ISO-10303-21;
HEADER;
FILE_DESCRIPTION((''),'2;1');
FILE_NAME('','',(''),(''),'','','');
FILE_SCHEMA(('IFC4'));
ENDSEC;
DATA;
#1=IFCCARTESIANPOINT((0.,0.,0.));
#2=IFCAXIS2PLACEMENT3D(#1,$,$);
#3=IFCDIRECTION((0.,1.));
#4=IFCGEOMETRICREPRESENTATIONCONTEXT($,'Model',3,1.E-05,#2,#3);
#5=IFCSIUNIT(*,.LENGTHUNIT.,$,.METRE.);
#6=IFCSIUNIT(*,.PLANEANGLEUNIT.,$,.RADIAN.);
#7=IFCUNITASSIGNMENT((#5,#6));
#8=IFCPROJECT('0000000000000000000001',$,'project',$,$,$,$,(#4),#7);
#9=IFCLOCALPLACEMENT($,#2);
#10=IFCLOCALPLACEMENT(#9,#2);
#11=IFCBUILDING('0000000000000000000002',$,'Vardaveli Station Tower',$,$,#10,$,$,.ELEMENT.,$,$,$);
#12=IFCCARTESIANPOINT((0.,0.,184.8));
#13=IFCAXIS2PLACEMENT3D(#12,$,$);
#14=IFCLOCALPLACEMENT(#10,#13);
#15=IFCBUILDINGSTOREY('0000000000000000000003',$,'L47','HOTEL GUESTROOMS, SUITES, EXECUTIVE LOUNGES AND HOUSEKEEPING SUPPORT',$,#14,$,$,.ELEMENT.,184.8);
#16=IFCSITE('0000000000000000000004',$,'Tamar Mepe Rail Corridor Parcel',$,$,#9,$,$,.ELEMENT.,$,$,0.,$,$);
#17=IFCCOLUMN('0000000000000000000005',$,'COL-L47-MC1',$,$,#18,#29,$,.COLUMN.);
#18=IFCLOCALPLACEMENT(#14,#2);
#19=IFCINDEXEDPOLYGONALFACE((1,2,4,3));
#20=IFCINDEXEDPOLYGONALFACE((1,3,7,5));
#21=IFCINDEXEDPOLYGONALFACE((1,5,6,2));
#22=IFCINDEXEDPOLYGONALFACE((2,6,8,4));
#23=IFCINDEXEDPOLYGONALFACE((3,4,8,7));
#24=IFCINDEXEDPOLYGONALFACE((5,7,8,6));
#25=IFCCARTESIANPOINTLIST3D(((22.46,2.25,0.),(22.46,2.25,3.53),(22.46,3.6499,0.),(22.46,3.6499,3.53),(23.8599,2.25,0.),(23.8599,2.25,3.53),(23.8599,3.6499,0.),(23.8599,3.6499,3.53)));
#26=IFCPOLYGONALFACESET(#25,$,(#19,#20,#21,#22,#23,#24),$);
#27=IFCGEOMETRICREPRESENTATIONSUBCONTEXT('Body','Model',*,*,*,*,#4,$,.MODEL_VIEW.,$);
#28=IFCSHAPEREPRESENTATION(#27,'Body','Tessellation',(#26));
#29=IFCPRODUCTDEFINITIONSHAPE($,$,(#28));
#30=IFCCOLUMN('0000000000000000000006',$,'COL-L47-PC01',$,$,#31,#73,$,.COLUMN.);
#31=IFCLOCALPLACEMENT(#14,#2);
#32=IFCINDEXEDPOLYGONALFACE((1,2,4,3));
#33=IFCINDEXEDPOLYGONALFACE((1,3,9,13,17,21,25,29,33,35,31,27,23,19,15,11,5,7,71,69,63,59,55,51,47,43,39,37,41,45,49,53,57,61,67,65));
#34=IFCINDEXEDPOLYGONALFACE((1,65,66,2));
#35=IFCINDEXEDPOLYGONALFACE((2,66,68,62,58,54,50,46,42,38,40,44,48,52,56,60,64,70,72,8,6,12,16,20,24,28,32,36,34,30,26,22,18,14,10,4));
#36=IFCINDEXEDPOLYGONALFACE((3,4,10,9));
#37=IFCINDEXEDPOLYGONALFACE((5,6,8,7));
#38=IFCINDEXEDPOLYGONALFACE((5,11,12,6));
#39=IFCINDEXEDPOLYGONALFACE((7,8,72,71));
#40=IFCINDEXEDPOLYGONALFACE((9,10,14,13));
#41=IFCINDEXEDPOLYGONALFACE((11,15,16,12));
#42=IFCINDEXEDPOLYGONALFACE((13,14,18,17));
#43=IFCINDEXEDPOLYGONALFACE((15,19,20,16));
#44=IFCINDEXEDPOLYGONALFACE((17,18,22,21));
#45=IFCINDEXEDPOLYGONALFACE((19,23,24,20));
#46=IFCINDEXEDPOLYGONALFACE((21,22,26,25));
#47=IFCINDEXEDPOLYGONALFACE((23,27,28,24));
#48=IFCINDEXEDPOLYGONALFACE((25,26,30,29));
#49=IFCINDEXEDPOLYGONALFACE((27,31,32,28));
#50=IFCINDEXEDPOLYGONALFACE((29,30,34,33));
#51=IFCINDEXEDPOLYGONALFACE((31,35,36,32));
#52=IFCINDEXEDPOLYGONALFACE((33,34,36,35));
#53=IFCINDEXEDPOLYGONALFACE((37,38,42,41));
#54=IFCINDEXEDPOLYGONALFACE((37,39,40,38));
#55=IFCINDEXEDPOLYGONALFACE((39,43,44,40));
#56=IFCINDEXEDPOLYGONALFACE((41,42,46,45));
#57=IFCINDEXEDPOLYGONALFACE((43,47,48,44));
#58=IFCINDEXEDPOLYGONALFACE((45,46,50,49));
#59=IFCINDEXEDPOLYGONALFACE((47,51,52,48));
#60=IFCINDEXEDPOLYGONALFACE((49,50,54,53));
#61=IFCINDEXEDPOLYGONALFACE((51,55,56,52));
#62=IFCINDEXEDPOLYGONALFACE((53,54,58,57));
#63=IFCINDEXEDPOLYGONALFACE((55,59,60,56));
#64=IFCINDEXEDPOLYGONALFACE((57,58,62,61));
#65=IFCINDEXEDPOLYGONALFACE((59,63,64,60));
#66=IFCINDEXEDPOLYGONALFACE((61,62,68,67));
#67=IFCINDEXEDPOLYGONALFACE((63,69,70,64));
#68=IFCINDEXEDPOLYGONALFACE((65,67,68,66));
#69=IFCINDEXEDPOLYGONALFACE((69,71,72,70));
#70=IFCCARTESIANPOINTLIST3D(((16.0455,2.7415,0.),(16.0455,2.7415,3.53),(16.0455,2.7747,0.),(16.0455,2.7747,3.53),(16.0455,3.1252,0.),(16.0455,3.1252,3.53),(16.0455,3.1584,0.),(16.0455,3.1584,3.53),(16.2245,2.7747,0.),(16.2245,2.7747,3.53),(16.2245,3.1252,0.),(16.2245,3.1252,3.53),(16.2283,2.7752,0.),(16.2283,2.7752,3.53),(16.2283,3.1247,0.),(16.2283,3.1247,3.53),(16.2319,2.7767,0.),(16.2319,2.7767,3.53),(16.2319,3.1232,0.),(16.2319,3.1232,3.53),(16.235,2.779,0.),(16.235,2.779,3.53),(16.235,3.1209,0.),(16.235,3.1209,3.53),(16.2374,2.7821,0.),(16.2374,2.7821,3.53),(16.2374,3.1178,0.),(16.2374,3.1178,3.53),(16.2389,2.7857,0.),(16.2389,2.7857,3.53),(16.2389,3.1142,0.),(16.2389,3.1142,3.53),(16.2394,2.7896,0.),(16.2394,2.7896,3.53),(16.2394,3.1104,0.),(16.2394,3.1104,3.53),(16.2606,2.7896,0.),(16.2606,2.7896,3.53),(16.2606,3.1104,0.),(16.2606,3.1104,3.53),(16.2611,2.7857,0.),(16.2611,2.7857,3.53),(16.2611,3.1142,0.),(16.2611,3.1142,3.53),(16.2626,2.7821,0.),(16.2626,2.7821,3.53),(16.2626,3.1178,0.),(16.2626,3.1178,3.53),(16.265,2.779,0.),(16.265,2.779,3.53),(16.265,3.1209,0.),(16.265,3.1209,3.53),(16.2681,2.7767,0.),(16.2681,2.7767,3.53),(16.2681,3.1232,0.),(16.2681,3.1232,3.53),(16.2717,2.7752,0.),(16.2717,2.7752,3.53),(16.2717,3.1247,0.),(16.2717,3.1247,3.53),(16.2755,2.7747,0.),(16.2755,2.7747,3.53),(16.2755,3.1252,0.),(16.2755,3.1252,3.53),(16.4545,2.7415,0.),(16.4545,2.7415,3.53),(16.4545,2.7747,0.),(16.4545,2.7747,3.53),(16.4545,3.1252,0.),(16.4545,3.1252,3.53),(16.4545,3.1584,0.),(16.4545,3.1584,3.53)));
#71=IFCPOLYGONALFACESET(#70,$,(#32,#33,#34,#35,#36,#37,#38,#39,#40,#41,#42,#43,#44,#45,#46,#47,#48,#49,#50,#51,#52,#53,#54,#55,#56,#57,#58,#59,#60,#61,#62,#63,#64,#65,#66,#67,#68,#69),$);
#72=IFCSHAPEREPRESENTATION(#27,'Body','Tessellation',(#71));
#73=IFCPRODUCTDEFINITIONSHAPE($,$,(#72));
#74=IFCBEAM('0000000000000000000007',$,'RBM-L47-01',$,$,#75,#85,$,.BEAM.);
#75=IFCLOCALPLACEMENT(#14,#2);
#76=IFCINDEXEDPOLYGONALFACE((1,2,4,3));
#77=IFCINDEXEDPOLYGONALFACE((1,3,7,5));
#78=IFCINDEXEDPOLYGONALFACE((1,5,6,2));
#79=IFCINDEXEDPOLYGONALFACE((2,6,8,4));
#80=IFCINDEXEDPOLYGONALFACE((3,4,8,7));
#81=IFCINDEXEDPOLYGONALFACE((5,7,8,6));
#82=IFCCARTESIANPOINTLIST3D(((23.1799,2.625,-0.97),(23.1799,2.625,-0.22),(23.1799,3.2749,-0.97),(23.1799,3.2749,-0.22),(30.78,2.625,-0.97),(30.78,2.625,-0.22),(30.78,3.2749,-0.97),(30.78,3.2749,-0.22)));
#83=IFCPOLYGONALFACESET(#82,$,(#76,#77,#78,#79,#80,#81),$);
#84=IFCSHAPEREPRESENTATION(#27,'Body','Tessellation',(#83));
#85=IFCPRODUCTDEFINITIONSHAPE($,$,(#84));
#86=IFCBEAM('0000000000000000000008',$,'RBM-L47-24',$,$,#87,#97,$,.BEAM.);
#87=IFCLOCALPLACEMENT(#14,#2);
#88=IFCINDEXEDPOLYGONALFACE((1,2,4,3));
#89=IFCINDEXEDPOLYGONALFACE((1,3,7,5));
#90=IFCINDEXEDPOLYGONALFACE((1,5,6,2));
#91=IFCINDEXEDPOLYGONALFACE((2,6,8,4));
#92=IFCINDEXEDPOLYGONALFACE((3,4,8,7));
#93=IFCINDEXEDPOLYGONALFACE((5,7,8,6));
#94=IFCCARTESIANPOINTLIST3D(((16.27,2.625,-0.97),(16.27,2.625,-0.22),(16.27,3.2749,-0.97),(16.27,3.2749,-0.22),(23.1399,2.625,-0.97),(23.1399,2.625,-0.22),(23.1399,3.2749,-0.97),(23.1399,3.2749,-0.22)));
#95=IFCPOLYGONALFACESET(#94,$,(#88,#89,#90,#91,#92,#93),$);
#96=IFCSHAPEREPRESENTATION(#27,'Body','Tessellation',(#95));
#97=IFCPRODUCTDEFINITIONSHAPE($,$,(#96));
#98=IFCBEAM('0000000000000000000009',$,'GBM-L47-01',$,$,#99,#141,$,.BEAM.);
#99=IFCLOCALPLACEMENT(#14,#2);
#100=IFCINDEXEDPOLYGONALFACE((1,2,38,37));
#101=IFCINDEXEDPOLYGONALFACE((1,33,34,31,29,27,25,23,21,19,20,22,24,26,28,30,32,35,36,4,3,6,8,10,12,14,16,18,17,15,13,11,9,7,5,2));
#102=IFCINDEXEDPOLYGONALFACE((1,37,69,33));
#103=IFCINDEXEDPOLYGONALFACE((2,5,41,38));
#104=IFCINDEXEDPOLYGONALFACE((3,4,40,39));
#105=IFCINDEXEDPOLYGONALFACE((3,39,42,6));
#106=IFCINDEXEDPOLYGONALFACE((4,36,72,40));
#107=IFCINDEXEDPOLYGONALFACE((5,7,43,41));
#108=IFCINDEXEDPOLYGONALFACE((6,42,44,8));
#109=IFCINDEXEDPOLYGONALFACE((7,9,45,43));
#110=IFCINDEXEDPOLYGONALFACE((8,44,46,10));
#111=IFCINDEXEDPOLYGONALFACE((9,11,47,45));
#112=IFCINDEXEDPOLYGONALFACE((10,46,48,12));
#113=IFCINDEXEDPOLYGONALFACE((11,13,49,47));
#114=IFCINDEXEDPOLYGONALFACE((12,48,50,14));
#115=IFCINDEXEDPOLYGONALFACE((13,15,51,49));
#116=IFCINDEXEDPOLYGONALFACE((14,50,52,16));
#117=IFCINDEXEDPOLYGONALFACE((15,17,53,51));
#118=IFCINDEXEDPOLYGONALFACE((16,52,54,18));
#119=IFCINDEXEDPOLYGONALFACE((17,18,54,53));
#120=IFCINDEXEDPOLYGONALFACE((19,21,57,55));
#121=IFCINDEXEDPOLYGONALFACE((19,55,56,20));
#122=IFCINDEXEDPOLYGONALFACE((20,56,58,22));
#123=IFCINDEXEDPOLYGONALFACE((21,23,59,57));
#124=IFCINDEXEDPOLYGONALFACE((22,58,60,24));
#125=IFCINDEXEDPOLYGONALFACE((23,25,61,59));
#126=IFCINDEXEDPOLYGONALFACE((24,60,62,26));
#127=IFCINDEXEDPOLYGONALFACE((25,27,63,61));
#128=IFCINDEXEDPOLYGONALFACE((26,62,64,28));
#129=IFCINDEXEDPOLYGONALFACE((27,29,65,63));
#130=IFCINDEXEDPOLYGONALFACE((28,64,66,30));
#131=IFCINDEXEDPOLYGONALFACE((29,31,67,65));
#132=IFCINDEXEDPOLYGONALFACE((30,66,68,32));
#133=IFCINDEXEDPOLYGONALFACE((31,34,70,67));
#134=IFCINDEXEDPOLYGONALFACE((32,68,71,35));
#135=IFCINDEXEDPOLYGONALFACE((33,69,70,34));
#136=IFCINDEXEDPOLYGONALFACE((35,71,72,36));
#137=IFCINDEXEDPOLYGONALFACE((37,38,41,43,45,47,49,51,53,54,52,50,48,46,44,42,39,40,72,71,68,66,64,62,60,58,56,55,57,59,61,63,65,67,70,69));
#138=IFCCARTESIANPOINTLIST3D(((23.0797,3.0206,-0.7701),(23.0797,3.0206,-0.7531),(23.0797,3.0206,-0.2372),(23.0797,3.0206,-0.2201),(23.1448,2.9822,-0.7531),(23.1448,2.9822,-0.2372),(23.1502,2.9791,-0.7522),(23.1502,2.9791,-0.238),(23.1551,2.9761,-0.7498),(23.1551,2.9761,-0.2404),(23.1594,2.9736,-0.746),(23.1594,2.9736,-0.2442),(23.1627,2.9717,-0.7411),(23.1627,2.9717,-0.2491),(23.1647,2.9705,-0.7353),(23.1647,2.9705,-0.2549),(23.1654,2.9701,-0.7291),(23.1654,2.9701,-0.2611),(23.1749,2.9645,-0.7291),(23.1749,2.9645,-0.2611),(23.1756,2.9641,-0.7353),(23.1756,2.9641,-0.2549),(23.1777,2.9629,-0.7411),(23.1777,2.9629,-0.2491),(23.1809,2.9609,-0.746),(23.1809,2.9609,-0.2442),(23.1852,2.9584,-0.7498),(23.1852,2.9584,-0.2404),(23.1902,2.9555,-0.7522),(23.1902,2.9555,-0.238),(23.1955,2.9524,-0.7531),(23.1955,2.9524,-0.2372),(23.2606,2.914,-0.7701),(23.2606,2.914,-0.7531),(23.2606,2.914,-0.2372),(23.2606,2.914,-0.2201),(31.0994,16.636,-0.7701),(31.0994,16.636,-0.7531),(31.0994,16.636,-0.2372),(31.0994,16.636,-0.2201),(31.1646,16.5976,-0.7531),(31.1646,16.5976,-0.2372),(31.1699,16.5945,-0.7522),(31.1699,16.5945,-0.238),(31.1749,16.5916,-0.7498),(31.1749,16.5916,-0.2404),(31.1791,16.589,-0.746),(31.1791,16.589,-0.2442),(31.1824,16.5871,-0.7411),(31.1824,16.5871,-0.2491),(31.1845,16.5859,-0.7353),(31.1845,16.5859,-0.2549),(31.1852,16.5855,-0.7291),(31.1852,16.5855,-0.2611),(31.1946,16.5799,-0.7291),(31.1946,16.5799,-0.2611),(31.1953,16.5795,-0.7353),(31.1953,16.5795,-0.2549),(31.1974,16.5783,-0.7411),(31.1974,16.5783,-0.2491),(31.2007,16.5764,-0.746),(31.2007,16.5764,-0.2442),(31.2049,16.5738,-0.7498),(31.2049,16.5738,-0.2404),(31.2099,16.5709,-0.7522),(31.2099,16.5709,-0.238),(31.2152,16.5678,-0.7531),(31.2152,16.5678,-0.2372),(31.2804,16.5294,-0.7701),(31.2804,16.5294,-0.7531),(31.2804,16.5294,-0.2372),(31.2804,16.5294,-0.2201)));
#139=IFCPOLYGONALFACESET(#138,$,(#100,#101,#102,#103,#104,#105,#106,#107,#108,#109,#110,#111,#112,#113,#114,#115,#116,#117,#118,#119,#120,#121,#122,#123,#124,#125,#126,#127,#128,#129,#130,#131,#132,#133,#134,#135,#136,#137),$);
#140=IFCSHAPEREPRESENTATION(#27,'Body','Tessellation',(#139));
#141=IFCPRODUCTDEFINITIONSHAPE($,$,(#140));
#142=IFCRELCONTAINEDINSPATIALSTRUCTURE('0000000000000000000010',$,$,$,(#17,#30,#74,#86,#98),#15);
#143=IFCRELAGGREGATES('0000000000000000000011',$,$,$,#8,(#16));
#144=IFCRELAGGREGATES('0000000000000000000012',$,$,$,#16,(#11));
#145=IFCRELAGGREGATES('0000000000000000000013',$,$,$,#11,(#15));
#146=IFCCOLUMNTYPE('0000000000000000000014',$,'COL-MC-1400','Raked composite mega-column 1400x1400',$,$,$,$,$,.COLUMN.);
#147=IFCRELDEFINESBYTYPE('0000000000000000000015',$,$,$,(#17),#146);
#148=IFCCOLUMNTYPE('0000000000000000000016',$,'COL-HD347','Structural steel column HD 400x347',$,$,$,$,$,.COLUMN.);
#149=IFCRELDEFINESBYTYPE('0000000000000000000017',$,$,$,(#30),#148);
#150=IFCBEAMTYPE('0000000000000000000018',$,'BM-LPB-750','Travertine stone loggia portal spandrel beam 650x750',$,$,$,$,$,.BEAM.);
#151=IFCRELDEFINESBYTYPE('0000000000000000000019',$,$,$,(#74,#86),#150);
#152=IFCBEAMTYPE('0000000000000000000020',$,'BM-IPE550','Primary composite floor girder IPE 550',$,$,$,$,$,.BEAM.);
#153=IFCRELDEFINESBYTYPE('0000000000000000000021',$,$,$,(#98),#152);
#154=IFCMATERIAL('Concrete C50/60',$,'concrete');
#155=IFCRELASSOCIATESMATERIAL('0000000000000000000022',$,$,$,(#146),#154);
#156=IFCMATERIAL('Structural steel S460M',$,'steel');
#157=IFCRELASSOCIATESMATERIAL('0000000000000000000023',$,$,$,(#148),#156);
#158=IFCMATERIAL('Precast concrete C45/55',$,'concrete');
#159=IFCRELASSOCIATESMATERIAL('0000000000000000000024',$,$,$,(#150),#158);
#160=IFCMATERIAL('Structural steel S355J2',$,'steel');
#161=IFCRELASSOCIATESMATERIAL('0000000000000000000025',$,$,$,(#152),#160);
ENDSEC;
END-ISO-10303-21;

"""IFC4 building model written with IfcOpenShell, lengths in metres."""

from ifc_helpers import new_model, si_unit, direction, frame, origin, origin_2d, place, context, subcontext, project, spatial, rectangle, i_section, extrude, source, transform, mapped, material, material_profile, profile_set, type_object, element, save


model = new_model("IFC4")

# Units and contexts
model_context = context("Model", 3, precision=1e-05, world=origin(), true_north=direction((0.0, 1.0)))
body_context = subcontext(model_context, "Body", "Model", "MODEL_VIEW")
ifc_project = project(units=[si_unit("LENGTHUNIT", "METRE"), si_unit("PLANEANGLEUNIT", "RADIAN")], contexts=[model_context])

# Site, building, storey
site_placement = place(None, origin())
site = spatial("IfcSite", under=ifc_project, at=site_placement, Name="Tamar Mepe Rail Corridor Parcel", CompositionType="ELEMENT", RefElevation=0.0)
building_placement = place(site_placement, origin())
building = spatial("IfcBuilding", under=site, at=building_placement, Name="Vardaveli Station Tower", CompositionType="ELEMENT")
storey_placement = place(building_placement, frame((0.0, 0.0, 184.8)))
storey = spatial("IfcBuildingStorey", under=building, at=storey_placement, Name="L47", Description="HOTEL GUESTROOMS, SUITES, EXECUTIVE LOUNGES AND HOUSEKEEPING SUPPORT", CompositionType="ELEMENT", Elevation=184.8)

# Columns
ifc_material_1 = material(Name="Concrete C50/60", Category="concrete")
ifc_material_profile_1 = material_profile(ifc_material_1, rectangle(XDim=1.3999, YDim=1.3999, at=origin_2d()), Name="MC 1400x1400")
ifc_profile_set_1 = profile_set([ifc_material_profile_1], Name="Concrete C50/60")
column_type_1 = type_object("IfcColumnType", Name="COL-MC-1400", Description="Raked composite mega-column 1400x1400", PredefinedType="COLUMN", material=ifc_profile_set_1)
shared_shape_1 = source(origin(), body_context, "Body", "SweptSolid", [
    extrude(rectangle(XDim=1.3999, YDim=1.3999, at=origin_2d()), origin(), (0.0, 0.0, 1.0), 3.53),
])
column_1_placement = place(storey_placement, frame((23.1599, 2.95, 0.0), z_axis=(0.0, 0.0, 1.0), x_axis=(1.0, 0.0, 0.0)))
element("IfcColumn", 1, at=column_1_placement, inside=storey, type_object=column_type_1, Name="COL-L47-MC1", PredefinedType="COLUMN", context=body_context, shape_type="MappedRepresentation", body=[
    mapped(shared_shape_1, transform((0.0, 0.0, 0.0), scale=1.0)),
])
ifc_material_2 = material(Name="Structural steel S460M", Category="steel")
ifc_material_profile_2 = material_profile(ifc_material_2, i_section(OverallWidth=0.4089, OverallDepth=0.417, WebThickness=0.0212, FlangeThickness=0.0332, FilletRadius=0.0149, at=origin_2d()), Name="HD 400x347")
ifc_profile_set_2 = profile_set([ifc_material_profile_2], Name="Structural steel S460M")
column_type_2 = type_object("IfcColumnType", Name="COL-HD347", Description="Structural steel column HD 400x347", PredefinedType="COLUMN", material=ifc_profile_set_2)
shared_shape_2 = source(origin(), body_context, "Body", "SweptSolid", [
    extrude(i_section(OverallWidth=0.4089, OverallDepth=0.417, WebThickness=0.0212, FlangeThickness=0.0332, FilletRadius=0.0149, at=origin_2d()), origin(), (0.0, 0.0, 1.0), 3.53),
])
column_2_placement = place(storey_placement, frame((16.25, 2.95, 0.0), z_axis=(0.0, 0.0, 1.0), x_axis=(1.0, 0.0, 0.0)))
element("IfcColumn", 2, at=column_2_placement, inside=storey, type_object=column_type_2, Name="COL-L47-PC01", PredefinedType="COLUMN", context=body_context, shape_type="MappedRepresentation", body=[
    mapped(shared_shape_2, transform((0.0, 0.0, 0.0), scale=1.0)),
])

# Beams
ifc_material_3 = material(Name="Precast concrete C45/55", Category="concrete")
ifc_material_profile_3 = material_profile(ifc_material_3, rectangle(XDim=0.6499, YDim=0.75, at=origin_2d()), Name="LPB 650x750")
ifc_profile_set_3 = profile_set([ifc_material_profile_3], Name="Precast concrete C45/55")
beam_type_1 = type_object("IfcBeamType", Name="BM-LPB-750", Description="Travertine stone loggia portal spandrel beam 650x750", PredefinedType="BEAM", material=ifc_profile_set_3)
shared_shape_3 = source(origin(), body_context, "Body", "SweptSolid", [
    extrude(rectangle(XDim=0.6499, YDim=0.75, at=origin_2d()), origin(), (0.0, 0.0, 1.0), 7.6001),
])
beam_1_placement = place(storey_placement, frame((23.1799, 2.95, -0.595), z_axis=(1.0, 0.0, 0.0), x_axis=(0.0, 1.0, 0.0)))
element("IfcBeam", 3, at=beam_1_placement, inside=storey, type_object=beam_type_1, Name="RBM-L47-01", PredefinedType="BEAM", context=body_context, shape_type="MappedRepresentation", body=[
    mapped(shared_shape_3, transform((0.0, 0.0, 0.0), scale=1.0)),
])
shared_shape_4 = source(origin(), body_context, "Body", "SweptSolid", [
    extrude(rectangle(XDim=0.6499, YDim=0.75, at=origin_2d()), origin(), (0.0, 0.0, 1.0), 6.8699),
])
beam_2_placement = place(storey_placement, frame((16.27, 2.95, -0.595), z_axis=(1.0, 0.0, 0.0), x_axis=(0.0, 1.0, 0.0)))
element("IfcBeam", 4, at=beam_2_placement, inside=storey, type_object=beam_type_1, Name="RBM-L47-24", PredefinedType="BEAM", context=body_context, shape_type="MappedRepresentation", body=[
    mapped(shared_shape_4, transform((0.0, 0.0, 0.0), scale=1.0)),
])
ifc_material_4 = material(Name="Structural steel S355J2", Category="steel")
ifc_material_profile_4 = material_profile(ifc_material_4, i_section(OverallWidth=0.21, OverallDepth=0.55, WebThickness=0.011, FlangeThickness=0.0171, FilletRadius=0.0239, at=origin_2d()), Name="IPE 550")
ifc_profile_set_4 = profile_set([ifc_material_profile_4], Name="Structural steel S355J2")
beam_type_2 = type_object("IfcBeamType", Name="BM-IPE550", Description="Primary composite floor girder IPE 550", PredefinedType="BEAM", material=ifc_profile_set_4)
shared_shape_5 = source(origin(), body_context, "Body", "SweptSolid", [
    extrude(i_section(OverallWidth=0.21, OverallDepth=0.55, WebThickness=0.011, FlangeThickness=0.0171, FilletRadius=0.0239, at=origin_2d()), origin(), (0.0, 0.0, 1.0), 15.8018),
])
beam_3_placement = place(storey_placement, frame((23.1702, 2.9673, -0.4951), z_axis=(0.507522, 0.861639, 0.0), x_axis=(-0.861639, 0.507522, 0.0)))
element("IfcBeam", 5, at=beam_3_placement, inside=storey, type_object=beam_type_2, Name="GBM-L47-01", PredefinedType="BEAM", context=body_context, shape_type="MappedRepresentation", body=[
    mapped(shared_shape_5, transform((0.0, 0.0, 0.0), scale=1.0)),
])

save(model, "model.ifc")
